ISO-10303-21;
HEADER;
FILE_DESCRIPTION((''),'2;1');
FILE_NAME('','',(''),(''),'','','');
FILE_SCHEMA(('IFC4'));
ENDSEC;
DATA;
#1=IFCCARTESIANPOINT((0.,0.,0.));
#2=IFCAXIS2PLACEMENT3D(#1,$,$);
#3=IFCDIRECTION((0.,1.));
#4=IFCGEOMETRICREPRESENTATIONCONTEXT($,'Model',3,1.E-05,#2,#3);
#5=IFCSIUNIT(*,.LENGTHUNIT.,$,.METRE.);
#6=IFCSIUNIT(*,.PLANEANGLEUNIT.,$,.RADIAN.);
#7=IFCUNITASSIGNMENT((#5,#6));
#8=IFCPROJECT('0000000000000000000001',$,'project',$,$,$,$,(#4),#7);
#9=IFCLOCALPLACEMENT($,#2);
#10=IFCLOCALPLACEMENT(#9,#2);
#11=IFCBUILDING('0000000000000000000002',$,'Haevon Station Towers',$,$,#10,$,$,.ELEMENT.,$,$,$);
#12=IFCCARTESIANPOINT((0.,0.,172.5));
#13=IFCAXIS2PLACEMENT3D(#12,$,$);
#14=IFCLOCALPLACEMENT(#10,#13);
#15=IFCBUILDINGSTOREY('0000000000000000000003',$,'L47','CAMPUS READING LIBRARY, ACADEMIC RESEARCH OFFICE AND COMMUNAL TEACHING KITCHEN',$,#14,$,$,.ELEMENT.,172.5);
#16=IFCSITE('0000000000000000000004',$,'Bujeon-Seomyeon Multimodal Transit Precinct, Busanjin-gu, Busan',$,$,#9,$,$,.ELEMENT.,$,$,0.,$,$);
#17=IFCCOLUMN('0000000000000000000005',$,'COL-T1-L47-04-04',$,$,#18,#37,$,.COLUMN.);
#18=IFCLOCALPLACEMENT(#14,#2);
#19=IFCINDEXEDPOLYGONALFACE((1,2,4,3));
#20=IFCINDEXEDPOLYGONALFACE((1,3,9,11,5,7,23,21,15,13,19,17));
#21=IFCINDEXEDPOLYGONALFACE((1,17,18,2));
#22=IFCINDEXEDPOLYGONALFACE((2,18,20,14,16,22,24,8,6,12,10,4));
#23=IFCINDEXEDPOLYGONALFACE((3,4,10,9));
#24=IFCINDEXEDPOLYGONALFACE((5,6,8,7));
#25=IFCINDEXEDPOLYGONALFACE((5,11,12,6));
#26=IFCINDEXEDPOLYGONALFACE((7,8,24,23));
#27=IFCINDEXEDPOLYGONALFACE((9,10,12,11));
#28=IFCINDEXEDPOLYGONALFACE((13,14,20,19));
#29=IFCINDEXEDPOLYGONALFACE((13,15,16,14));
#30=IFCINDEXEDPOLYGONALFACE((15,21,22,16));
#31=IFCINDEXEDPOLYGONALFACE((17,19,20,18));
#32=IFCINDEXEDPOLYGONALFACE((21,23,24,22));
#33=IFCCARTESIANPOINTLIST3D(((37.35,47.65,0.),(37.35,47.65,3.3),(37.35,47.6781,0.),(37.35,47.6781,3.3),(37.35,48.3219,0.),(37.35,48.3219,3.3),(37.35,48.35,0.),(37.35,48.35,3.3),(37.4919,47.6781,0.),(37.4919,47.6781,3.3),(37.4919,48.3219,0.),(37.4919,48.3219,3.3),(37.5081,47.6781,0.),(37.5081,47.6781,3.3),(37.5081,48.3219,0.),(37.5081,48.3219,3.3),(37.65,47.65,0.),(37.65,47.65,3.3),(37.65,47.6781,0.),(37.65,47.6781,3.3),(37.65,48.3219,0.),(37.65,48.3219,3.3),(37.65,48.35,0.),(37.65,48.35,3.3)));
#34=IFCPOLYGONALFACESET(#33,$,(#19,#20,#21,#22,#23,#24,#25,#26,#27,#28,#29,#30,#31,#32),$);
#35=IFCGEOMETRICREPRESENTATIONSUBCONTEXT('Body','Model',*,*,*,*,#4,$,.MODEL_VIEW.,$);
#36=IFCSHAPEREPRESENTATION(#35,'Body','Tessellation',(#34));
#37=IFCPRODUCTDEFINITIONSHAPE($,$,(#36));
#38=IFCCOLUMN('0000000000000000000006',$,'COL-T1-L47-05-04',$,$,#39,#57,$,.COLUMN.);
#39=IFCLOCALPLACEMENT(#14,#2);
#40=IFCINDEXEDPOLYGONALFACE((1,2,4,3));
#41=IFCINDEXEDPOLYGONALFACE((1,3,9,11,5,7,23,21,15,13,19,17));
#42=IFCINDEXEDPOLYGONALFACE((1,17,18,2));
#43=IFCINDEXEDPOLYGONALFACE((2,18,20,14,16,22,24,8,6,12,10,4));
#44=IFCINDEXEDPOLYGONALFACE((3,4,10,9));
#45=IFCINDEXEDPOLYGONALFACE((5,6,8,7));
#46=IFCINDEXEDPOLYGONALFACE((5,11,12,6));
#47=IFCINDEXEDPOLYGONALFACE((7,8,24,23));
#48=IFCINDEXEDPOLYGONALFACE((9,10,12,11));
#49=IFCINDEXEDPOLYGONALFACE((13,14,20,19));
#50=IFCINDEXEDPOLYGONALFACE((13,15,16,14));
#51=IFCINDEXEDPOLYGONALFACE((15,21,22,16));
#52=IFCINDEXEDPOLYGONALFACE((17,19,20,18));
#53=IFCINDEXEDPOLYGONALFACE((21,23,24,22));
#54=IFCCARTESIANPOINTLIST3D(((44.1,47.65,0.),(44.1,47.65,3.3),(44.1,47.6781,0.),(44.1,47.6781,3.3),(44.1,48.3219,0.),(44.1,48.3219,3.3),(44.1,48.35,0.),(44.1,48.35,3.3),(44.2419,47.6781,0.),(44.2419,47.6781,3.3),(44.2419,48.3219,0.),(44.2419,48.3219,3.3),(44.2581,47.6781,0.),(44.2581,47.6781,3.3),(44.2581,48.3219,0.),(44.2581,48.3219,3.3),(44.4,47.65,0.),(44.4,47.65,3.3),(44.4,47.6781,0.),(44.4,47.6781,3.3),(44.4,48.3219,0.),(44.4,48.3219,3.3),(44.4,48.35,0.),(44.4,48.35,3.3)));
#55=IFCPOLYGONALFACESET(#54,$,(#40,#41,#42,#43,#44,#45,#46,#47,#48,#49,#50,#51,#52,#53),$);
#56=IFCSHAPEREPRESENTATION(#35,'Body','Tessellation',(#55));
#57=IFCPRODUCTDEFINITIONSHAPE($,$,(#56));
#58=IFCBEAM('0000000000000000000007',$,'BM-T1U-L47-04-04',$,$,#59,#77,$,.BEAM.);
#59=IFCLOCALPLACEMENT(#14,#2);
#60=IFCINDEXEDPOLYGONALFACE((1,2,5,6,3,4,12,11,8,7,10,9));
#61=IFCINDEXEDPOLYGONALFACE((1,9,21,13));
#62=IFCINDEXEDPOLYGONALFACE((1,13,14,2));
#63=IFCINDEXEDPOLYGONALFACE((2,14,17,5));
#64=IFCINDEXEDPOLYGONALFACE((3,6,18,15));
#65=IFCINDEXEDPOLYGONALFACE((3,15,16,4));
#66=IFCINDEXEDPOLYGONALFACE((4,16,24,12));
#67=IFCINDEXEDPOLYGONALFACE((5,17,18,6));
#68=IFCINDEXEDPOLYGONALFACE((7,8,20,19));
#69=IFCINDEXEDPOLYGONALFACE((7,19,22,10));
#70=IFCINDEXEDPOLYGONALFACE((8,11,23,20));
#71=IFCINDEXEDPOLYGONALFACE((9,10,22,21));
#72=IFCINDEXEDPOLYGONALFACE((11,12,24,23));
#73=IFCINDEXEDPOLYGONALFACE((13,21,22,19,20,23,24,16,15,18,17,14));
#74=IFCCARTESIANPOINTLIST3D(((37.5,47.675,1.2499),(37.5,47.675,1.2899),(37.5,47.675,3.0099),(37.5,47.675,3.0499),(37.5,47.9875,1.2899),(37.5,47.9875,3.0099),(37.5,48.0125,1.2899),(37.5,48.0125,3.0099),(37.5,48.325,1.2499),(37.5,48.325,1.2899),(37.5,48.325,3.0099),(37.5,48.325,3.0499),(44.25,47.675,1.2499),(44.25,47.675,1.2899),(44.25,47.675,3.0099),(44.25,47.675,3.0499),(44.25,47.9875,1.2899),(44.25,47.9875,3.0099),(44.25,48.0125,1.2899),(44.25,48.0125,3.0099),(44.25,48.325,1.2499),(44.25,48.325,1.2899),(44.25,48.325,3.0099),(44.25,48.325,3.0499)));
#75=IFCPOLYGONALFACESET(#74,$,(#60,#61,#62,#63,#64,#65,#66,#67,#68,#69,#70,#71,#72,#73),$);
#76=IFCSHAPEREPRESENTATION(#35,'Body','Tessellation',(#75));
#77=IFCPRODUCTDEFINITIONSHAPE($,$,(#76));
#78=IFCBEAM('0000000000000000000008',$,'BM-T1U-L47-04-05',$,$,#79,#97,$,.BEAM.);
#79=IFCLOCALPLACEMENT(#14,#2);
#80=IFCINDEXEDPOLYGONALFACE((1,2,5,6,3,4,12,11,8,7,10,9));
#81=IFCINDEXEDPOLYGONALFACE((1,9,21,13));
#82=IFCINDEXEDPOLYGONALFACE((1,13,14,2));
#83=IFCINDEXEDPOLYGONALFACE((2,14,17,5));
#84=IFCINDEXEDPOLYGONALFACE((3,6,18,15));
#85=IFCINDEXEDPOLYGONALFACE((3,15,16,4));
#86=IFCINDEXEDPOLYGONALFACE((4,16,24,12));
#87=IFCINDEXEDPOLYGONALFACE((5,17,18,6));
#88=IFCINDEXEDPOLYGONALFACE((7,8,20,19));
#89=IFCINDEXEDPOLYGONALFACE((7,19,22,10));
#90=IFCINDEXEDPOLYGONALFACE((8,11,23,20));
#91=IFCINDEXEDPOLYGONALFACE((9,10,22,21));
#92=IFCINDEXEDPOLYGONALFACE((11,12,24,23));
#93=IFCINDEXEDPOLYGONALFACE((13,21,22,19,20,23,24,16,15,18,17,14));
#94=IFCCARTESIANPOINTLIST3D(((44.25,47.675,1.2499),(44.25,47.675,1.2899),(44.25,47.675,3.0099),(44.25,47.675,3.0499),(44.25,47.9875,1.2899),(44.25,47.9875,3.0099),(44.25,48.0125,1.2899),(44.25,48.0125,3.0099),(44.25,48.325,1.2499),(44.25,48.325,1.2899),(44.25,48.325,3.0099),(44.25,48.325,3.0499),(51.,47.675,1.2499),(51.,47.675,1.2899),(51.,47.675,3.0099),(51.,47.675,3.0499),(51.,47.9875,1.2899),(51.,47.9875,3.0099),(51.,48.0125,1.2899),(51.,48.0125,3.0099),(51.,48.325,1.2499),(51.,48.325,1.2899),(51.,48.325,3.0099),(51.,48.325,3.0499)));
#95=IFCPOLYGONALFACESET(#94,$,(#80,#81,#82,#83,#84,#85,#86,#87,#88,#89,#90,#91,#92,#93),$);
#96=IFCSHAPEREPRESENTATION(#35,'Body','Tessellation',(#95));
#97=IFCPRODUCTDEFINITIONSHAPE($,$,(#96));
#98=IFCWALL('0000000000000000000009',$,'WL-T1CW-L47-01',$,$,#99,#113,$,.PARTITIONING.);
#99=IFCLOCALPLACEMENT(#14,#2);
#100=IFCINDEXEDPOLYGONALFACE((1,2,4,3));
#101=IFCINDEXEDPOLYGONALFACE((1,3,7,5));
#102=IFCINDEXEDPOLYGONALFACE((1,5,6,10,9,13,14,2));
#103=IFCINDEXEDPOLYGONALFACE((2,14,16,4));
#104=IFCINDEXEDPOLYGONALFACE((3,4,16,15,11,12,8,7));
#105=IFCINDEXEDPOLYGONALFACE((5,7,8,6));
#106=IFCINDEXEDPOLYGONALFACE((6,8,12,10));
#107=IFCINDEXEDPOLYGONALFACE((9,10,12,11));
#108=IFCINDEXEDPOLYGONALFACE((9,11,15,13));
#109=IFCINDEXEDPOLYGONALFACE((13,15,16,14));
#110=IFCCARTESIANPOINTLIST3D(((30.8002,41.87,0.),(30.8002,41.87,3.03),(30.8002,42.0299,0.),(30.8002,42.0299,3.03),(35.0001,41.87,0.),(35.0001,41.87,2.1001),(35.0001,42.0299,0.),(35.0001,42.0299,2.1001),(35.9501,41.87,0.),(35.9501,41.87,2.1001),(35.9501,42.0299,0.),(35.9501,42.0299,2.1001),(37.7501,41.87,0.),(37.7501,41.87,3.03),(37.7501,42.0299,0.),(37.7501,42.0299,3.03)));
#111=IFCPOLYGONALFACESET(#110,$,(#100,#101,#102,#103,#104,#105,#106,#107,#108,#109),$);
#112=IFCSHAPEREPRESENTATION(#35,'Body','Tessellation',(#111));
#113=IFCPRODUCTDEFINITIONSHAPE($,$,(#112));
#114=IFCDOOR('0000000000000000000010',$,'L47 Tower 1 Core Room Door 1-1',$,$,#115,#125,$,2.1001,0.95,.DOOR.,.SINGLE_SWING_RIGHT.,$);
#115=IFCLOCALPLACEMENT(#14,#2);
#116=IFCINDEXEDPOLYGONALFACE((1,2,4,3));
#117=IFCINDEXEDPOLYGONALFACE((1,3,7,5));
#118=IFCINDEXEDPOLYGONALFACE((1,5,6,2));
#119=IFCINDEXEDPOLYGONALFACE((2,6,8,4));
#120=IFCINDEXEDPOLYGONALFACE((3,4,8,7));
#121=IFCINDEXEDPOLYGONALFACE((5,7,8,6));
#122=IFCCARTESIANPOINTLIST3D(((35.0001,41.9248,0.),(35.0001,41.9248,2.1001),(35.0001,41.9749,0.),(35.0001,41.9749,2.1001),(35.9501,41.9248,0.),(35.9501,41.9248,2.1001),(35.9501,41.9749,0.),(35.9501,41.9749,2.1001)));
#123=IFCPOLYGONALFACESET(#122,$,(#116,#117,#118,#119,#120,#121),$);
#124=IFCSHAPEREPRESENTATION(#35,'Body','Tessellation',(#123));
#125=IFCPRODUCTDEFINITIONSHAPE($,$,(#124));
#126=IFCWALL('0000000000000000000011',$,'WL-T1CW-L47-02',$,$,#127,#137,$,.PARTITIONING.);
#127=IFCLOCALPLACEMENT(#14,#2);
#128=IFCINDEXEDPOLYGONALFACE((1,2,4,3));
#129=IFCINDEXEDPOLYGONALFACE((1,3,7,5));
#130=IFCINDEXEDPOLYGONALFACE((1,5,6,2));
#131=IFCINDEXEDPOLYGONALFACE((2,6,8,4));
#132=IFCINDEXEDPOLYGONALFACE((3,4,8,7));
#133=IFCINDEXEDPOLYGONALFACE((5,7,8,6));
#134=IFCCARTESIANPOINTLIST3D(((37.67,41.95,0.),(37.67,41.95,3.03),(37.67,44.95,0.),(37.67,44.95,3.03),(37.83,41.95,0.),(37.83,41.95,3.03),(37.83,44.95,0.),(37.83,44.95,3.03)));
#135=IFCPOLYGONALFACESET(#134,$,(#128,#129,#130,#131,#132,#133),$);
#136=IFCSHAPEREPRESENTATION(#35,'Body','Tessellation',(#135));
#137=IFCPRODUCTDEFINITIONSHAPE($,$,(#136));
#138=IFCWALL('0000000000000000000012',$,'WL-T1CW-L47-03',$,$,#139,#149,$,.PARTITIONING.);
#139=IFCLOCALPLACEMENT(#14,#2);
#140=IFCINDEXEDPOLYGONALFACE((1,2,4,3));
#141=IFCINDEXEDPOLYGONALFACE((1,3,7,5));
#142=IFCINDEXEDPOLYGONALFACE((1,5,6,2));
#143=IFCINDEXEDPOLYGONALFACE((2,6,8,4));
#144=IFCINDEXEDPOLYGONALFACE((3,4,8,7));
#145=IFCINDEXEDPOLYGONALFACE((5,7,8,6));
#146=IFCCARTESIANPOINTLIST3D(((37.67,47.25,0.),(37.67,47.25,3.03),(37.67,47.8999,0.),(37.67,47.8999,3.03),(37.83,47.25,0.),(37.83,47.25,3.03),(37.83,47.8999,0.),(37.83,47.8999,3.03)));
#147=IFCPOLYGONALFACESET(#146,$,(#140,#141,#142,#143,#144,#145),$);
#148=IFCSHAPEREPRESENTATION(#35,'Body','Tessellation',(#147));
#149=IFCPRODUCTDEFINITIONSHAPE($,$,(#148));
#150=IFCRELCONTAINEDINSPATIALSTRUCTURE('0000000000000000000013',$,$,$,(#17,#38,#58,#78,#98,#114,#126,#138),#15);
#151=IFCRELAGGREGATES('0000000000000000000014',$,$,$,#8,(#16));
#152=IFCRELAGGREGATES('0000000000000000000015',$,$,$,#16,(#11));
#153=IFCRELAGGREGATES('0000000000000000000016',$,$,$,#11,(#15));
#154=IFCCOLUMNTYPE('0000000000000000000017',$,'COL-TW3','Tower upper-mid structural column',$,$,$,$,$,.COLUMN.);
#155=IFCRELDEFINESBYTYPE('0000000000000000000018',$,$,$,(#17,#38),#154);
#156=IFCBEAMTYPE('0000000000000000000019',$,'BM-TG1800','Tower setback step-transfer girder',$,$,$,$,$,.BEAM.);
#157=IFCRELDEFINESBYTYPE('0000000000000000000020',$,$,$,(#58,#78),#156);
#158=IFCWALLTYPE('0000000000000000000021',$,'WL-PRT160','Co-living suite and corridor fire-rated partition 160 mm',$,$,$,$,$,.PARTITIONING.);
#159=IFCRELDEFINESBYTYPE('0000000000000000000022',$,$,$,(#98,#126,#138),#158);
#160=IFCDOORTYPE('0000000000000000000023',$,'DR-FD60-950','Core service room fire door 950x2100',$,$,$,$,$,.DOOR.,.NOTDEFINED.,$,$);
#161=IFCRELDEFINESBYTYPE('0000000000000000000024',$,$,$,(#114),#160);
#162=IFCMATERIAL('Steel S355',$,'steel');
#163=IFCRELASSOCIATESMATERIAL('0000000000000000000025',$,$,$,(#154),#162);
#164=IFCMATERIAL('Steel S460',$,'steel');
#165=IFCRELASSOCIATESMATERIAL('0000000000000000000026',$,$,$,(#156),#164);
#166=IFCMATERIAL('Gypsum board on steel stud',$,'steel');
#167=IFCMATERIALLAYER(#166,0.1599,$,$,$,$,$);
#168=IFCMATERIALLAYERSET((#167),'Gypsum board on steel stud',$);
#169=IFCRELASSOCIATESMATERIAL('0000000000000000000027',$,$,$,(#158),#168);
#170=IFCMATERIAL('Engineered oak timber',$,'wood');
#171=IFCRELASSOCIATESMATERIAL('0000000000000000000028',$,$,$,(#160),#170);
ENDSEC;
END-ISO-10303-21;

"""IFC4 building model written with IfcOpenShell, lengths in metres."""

from ifc_helpers import new_model, si_unit, direction, frame, frame_2d, origin, origin_2d, place, context, subcontext, project, spatial, rectangle, i_section, extrude, material, layer, layer_set, material_profile, profile_set, type_object, element, fill, save


model = new_model("IFC4")

# Units and contexts
model_context = context("Model", 3, precision=1e-05, world=origin(), true_north=direction((0.0, 1.0)))
body_context = subcontext(model_context, "Body", "Model", "MODEL_VIEW")
ifc_project = project(units=[si_unit("LENGTHUNIT", "METRE"), si_unit("PLANEANGLEUNIT", "RADIAN")], contexts=[model_context])

# Site, building, storey
site_placement = place(None, origin())
site = spatial("IfcSite", under=ifc_project, at=site_placement, Name="Bujeon-Seomyeon Multimodal Transit Precinct, Busanjin-gu, Busan", CompositionType="ELEMENT", RefElevation=0.0)
building_placement = place(site_placement, origin())
building = spatial("IfcBuilding", under=site, at=building_placement, Name="Haevon Station Towers", CompositionType="ELEMENT")
storey_placement = place(building_placement, frame((0.0, 0.0, 172.5)))
storey = spatial("IfcBuildingStorey", under=building, at=storey_placement, Name="L47", Description="CAMPUS READING LIBRARY, ACADEMIC RESEARCH OFFICE AND COMMUNAL TEACHING KITCHEN", CompositionType="ELEMENT", Elevation=172.5)

# Columns
ifc_material_1 = material(Name="Steel S355", Category="steel")
ifc_material_profile_1 = material_profile(ifc_material_1, i_section(OverallWidth=0.3, OverallDepth=0.7, WebThickness=0.0161, FlangeThickness=0.0281, at=origin_2d()), Name="H-700x300x16x28")
ifc_profile_set_1 = profile_set([ifc_material_profile_1], Name="Steel S355")
column_type = type_object("IfcColumnType", Name="COL-TW3", Description="Tower upper-mid structural column", PredefinedType="COLUMN", material=ifc_profile_set_1)
for number, where, z_axis, x_axis, name in (
    (1, (37.5, 48.0, 0.0), (0.0, 0.0, 1.0), (1.0, 0.0, 0.0), "COL-T1-L47-04-04"),
    (2, (44.25, 48.0, 0.0), (0.0, 0.0, 1.0), (1.0, 0.0, 0.0), "COL-T1-L47-05-04"),
):
    element("IfcColumn", number, at=place(storey_placement, frame(where, z_axis=z_axis, x_axis=x_axis)), inside=storey, type_object=column_type, Name=name, PredefinedType="COLUMN", context=body_context, shape_type="SweptSolid", body=[
        extrude(i_section(OverallWidth=0.3, OverallDepth=0.7, WebThickness=0.0161, FlangeThickness=0.0281, at=origin_2d()), origin(), (0.0, 0.0, 1.0), 3.3),
    ])

# Beams
ifc_material_2 = material(Name="Steel S460", Category="steel")
ifc_material_profile_2 = material_profile(ifc_material_2, i_section(OverallWidth=0.6499, OverallDepth=1.8, WebThickness=0.0249, FlangeThickness=0.04, at=origin_2d()), Name="H-1800x650x25x40")
ifc_profile_set_2 = profile_set([ifc_material_profile_2], Name="Steel S460")
beam_type = type_object("IfcBeamType", Name="BM-TG1800", Description="Tower setback step-transfer girder", PredefinedType="BEAM", material=ifc_profile_set_2)
for number, where, z_axis, x_axis, name in (
    (3, (37.5, 48.0, 2.1499), (1.0, 0.0, 0.0), (0.0, 1.0, 0.0), "BM-T1U-L47-04-04"),
    (4, (44.25, 48.0, 2.1499), (1.0, 0.0, 0.0), (0.0, 1.0, 0.0), "BM-T1U-L47-04-05"),
):
    element("IfcBeam", number, at=place(storey_placement, frame(where, z_axis=z_axis, x_axis=x_axis)), inside=storey, type_object=beam_type, Name=name, PredefinedType="BEAM", context=body_context, shape_type="SweptSolid", body=[
        extrude(i_section(OverallWidth=0.6499, OverallDepth=1.8, WebThickness=0.0249, FlangeThickness=0.04, at=origin_2d()), origin(), (0.0, 0.0, 1.0), 6.75),
    ])

# Wall, opening, door
ifc_material_3 = material(Name="Gypsum board on steel stud", Category="steel")
ifc_layer_1 = layer(ifc_material_3, 0.1599)
ifc_layer_set_1 = layer_set([ifc_layer_1], Name="Gypsum board on steel stud")
wall_type_1 = type_object("IfcWallType", Name="WL-PRT160", Description="Co-living suite and corridor fire-rated partition 160 mm", PredefinedType="PARTITIONING", material=ifc_layer_set_1)
wall_1_placement = place(storey_placement, frame((30.8, 41.95, 0.0), z_axis=(0.0, 0.0, 1.0), x_axis=(1.0, 0.0, 0.0)))
wall_1 = element("IfcWall", 5, at=wall_1_placement, inside=storey, type_object=wall_type_1, Name="WL-T1CW-L47-01", PredefinedType="PARTITIONING", context=body_context, shape_type="SweptSolid", body=[
    extrude(rectangle(XDim=6.95, YDim=0.1599, at=frame_2d((3.4751, 0.0))), origin(), (0.0, 0.0, 1.0), 3.03),
])
opening_1_placement = place(wall_1_placement, frame((4.2, 0.0, 0.0)))
opening_1 = element("IfcOpeningElement", 6, at=opening_1_placement, cuts=wall_1, PredefinedType="OPENING", context=body_context, shape_type="SweptSolid", body=[
    extrude(rectangle(XDim=0.95, YDim=2.1001, at=frame_2d((0.4751, 1.05))), frame((0.0, 0.0898, 0.0), z_axis=(0.0, -1.0, 0.0), x_axis=(1.0, 0.0, 0.0)), (0.0, 0.0, 1.0), 0.1799),
])
ifc_material_4 = material(Name="Engineered oak timber", Category="wood")
door_type_1 = type_object("IfcDoorType", Name="DR-FD60-950", Description="Core service room fire door 950x2100", OperationType="NOTDEFINED", PredefinedType="DOOR", material=ifc_material_4)
door_1_placement = place(opening_1_placement, origin())
door_1 = element("IfcDoor", 7, at=door_1_placement, inside=storey, type_object=door_type_1, Name="L47 Tower 1 Core Room Door 1-1", OperationType="SINGLE_SWING_RIGHT", OverallHeight=2.1001, OverallWidth=0.95, PredefinedType="DOOR", context=body_context, shape_type="SweptSolid", body=[
    extrude(rectangle(XDim=0.95, YDim=2.1001, at=frame_2d((0.4751, 1.05))), frame((0.0, 0.0249, 0.0), z_axis=(0.0, -1.0, 0.0), x_axis=(1.0, 0.0, 0.0)), (0.0, 0.0, 1.0), 0.05),
])
fill(opening_1, door_1)

# Walls
wall_2_placement = place(storey_placement, frame((37.75, 41.95, 0.0), z_axis=(0.0, 0.0, 1.0), x_axis=(0.0, 1.0, 0.0)))
element("IfcWall", 8, at=wall_2_placement, inside=storey, type_object=wall_type_1, Name="WL-T1CW-L47-02", PredefinedType="PARTITIONING", context=body_context, shape_type="SweptSolid", body=[
    extrude(rectangle(XDim=3.0, YDim=0.1599, at=frame_2d((1.5, 0.0))), origin(), (0.0, 0.0, 1.0), 3.03),
])
wall_3_placement = place(storey_placement, frame((37.75, 47.25, 0.0), z_axis=(0.0, 0.0, 1.0), x_axis=(0.0, 1.0, 0.0)))
element("IfcWall", 9, at=wall_3_placement, inside=storey, type_object=wall_type_1, Name="WL-T1CW-L47-03", PredefinedType="PARTITIONING", context=body_context, shape_type="SweptSolid", body=[
    extrude(rectangle(XDim=0.6499, YDim=0.1599, at=frame_2d((0.325, 0.0))), origin(), (0.0, 0.0, 1.0), 3.03),
])

save(model, "model.ifc")
